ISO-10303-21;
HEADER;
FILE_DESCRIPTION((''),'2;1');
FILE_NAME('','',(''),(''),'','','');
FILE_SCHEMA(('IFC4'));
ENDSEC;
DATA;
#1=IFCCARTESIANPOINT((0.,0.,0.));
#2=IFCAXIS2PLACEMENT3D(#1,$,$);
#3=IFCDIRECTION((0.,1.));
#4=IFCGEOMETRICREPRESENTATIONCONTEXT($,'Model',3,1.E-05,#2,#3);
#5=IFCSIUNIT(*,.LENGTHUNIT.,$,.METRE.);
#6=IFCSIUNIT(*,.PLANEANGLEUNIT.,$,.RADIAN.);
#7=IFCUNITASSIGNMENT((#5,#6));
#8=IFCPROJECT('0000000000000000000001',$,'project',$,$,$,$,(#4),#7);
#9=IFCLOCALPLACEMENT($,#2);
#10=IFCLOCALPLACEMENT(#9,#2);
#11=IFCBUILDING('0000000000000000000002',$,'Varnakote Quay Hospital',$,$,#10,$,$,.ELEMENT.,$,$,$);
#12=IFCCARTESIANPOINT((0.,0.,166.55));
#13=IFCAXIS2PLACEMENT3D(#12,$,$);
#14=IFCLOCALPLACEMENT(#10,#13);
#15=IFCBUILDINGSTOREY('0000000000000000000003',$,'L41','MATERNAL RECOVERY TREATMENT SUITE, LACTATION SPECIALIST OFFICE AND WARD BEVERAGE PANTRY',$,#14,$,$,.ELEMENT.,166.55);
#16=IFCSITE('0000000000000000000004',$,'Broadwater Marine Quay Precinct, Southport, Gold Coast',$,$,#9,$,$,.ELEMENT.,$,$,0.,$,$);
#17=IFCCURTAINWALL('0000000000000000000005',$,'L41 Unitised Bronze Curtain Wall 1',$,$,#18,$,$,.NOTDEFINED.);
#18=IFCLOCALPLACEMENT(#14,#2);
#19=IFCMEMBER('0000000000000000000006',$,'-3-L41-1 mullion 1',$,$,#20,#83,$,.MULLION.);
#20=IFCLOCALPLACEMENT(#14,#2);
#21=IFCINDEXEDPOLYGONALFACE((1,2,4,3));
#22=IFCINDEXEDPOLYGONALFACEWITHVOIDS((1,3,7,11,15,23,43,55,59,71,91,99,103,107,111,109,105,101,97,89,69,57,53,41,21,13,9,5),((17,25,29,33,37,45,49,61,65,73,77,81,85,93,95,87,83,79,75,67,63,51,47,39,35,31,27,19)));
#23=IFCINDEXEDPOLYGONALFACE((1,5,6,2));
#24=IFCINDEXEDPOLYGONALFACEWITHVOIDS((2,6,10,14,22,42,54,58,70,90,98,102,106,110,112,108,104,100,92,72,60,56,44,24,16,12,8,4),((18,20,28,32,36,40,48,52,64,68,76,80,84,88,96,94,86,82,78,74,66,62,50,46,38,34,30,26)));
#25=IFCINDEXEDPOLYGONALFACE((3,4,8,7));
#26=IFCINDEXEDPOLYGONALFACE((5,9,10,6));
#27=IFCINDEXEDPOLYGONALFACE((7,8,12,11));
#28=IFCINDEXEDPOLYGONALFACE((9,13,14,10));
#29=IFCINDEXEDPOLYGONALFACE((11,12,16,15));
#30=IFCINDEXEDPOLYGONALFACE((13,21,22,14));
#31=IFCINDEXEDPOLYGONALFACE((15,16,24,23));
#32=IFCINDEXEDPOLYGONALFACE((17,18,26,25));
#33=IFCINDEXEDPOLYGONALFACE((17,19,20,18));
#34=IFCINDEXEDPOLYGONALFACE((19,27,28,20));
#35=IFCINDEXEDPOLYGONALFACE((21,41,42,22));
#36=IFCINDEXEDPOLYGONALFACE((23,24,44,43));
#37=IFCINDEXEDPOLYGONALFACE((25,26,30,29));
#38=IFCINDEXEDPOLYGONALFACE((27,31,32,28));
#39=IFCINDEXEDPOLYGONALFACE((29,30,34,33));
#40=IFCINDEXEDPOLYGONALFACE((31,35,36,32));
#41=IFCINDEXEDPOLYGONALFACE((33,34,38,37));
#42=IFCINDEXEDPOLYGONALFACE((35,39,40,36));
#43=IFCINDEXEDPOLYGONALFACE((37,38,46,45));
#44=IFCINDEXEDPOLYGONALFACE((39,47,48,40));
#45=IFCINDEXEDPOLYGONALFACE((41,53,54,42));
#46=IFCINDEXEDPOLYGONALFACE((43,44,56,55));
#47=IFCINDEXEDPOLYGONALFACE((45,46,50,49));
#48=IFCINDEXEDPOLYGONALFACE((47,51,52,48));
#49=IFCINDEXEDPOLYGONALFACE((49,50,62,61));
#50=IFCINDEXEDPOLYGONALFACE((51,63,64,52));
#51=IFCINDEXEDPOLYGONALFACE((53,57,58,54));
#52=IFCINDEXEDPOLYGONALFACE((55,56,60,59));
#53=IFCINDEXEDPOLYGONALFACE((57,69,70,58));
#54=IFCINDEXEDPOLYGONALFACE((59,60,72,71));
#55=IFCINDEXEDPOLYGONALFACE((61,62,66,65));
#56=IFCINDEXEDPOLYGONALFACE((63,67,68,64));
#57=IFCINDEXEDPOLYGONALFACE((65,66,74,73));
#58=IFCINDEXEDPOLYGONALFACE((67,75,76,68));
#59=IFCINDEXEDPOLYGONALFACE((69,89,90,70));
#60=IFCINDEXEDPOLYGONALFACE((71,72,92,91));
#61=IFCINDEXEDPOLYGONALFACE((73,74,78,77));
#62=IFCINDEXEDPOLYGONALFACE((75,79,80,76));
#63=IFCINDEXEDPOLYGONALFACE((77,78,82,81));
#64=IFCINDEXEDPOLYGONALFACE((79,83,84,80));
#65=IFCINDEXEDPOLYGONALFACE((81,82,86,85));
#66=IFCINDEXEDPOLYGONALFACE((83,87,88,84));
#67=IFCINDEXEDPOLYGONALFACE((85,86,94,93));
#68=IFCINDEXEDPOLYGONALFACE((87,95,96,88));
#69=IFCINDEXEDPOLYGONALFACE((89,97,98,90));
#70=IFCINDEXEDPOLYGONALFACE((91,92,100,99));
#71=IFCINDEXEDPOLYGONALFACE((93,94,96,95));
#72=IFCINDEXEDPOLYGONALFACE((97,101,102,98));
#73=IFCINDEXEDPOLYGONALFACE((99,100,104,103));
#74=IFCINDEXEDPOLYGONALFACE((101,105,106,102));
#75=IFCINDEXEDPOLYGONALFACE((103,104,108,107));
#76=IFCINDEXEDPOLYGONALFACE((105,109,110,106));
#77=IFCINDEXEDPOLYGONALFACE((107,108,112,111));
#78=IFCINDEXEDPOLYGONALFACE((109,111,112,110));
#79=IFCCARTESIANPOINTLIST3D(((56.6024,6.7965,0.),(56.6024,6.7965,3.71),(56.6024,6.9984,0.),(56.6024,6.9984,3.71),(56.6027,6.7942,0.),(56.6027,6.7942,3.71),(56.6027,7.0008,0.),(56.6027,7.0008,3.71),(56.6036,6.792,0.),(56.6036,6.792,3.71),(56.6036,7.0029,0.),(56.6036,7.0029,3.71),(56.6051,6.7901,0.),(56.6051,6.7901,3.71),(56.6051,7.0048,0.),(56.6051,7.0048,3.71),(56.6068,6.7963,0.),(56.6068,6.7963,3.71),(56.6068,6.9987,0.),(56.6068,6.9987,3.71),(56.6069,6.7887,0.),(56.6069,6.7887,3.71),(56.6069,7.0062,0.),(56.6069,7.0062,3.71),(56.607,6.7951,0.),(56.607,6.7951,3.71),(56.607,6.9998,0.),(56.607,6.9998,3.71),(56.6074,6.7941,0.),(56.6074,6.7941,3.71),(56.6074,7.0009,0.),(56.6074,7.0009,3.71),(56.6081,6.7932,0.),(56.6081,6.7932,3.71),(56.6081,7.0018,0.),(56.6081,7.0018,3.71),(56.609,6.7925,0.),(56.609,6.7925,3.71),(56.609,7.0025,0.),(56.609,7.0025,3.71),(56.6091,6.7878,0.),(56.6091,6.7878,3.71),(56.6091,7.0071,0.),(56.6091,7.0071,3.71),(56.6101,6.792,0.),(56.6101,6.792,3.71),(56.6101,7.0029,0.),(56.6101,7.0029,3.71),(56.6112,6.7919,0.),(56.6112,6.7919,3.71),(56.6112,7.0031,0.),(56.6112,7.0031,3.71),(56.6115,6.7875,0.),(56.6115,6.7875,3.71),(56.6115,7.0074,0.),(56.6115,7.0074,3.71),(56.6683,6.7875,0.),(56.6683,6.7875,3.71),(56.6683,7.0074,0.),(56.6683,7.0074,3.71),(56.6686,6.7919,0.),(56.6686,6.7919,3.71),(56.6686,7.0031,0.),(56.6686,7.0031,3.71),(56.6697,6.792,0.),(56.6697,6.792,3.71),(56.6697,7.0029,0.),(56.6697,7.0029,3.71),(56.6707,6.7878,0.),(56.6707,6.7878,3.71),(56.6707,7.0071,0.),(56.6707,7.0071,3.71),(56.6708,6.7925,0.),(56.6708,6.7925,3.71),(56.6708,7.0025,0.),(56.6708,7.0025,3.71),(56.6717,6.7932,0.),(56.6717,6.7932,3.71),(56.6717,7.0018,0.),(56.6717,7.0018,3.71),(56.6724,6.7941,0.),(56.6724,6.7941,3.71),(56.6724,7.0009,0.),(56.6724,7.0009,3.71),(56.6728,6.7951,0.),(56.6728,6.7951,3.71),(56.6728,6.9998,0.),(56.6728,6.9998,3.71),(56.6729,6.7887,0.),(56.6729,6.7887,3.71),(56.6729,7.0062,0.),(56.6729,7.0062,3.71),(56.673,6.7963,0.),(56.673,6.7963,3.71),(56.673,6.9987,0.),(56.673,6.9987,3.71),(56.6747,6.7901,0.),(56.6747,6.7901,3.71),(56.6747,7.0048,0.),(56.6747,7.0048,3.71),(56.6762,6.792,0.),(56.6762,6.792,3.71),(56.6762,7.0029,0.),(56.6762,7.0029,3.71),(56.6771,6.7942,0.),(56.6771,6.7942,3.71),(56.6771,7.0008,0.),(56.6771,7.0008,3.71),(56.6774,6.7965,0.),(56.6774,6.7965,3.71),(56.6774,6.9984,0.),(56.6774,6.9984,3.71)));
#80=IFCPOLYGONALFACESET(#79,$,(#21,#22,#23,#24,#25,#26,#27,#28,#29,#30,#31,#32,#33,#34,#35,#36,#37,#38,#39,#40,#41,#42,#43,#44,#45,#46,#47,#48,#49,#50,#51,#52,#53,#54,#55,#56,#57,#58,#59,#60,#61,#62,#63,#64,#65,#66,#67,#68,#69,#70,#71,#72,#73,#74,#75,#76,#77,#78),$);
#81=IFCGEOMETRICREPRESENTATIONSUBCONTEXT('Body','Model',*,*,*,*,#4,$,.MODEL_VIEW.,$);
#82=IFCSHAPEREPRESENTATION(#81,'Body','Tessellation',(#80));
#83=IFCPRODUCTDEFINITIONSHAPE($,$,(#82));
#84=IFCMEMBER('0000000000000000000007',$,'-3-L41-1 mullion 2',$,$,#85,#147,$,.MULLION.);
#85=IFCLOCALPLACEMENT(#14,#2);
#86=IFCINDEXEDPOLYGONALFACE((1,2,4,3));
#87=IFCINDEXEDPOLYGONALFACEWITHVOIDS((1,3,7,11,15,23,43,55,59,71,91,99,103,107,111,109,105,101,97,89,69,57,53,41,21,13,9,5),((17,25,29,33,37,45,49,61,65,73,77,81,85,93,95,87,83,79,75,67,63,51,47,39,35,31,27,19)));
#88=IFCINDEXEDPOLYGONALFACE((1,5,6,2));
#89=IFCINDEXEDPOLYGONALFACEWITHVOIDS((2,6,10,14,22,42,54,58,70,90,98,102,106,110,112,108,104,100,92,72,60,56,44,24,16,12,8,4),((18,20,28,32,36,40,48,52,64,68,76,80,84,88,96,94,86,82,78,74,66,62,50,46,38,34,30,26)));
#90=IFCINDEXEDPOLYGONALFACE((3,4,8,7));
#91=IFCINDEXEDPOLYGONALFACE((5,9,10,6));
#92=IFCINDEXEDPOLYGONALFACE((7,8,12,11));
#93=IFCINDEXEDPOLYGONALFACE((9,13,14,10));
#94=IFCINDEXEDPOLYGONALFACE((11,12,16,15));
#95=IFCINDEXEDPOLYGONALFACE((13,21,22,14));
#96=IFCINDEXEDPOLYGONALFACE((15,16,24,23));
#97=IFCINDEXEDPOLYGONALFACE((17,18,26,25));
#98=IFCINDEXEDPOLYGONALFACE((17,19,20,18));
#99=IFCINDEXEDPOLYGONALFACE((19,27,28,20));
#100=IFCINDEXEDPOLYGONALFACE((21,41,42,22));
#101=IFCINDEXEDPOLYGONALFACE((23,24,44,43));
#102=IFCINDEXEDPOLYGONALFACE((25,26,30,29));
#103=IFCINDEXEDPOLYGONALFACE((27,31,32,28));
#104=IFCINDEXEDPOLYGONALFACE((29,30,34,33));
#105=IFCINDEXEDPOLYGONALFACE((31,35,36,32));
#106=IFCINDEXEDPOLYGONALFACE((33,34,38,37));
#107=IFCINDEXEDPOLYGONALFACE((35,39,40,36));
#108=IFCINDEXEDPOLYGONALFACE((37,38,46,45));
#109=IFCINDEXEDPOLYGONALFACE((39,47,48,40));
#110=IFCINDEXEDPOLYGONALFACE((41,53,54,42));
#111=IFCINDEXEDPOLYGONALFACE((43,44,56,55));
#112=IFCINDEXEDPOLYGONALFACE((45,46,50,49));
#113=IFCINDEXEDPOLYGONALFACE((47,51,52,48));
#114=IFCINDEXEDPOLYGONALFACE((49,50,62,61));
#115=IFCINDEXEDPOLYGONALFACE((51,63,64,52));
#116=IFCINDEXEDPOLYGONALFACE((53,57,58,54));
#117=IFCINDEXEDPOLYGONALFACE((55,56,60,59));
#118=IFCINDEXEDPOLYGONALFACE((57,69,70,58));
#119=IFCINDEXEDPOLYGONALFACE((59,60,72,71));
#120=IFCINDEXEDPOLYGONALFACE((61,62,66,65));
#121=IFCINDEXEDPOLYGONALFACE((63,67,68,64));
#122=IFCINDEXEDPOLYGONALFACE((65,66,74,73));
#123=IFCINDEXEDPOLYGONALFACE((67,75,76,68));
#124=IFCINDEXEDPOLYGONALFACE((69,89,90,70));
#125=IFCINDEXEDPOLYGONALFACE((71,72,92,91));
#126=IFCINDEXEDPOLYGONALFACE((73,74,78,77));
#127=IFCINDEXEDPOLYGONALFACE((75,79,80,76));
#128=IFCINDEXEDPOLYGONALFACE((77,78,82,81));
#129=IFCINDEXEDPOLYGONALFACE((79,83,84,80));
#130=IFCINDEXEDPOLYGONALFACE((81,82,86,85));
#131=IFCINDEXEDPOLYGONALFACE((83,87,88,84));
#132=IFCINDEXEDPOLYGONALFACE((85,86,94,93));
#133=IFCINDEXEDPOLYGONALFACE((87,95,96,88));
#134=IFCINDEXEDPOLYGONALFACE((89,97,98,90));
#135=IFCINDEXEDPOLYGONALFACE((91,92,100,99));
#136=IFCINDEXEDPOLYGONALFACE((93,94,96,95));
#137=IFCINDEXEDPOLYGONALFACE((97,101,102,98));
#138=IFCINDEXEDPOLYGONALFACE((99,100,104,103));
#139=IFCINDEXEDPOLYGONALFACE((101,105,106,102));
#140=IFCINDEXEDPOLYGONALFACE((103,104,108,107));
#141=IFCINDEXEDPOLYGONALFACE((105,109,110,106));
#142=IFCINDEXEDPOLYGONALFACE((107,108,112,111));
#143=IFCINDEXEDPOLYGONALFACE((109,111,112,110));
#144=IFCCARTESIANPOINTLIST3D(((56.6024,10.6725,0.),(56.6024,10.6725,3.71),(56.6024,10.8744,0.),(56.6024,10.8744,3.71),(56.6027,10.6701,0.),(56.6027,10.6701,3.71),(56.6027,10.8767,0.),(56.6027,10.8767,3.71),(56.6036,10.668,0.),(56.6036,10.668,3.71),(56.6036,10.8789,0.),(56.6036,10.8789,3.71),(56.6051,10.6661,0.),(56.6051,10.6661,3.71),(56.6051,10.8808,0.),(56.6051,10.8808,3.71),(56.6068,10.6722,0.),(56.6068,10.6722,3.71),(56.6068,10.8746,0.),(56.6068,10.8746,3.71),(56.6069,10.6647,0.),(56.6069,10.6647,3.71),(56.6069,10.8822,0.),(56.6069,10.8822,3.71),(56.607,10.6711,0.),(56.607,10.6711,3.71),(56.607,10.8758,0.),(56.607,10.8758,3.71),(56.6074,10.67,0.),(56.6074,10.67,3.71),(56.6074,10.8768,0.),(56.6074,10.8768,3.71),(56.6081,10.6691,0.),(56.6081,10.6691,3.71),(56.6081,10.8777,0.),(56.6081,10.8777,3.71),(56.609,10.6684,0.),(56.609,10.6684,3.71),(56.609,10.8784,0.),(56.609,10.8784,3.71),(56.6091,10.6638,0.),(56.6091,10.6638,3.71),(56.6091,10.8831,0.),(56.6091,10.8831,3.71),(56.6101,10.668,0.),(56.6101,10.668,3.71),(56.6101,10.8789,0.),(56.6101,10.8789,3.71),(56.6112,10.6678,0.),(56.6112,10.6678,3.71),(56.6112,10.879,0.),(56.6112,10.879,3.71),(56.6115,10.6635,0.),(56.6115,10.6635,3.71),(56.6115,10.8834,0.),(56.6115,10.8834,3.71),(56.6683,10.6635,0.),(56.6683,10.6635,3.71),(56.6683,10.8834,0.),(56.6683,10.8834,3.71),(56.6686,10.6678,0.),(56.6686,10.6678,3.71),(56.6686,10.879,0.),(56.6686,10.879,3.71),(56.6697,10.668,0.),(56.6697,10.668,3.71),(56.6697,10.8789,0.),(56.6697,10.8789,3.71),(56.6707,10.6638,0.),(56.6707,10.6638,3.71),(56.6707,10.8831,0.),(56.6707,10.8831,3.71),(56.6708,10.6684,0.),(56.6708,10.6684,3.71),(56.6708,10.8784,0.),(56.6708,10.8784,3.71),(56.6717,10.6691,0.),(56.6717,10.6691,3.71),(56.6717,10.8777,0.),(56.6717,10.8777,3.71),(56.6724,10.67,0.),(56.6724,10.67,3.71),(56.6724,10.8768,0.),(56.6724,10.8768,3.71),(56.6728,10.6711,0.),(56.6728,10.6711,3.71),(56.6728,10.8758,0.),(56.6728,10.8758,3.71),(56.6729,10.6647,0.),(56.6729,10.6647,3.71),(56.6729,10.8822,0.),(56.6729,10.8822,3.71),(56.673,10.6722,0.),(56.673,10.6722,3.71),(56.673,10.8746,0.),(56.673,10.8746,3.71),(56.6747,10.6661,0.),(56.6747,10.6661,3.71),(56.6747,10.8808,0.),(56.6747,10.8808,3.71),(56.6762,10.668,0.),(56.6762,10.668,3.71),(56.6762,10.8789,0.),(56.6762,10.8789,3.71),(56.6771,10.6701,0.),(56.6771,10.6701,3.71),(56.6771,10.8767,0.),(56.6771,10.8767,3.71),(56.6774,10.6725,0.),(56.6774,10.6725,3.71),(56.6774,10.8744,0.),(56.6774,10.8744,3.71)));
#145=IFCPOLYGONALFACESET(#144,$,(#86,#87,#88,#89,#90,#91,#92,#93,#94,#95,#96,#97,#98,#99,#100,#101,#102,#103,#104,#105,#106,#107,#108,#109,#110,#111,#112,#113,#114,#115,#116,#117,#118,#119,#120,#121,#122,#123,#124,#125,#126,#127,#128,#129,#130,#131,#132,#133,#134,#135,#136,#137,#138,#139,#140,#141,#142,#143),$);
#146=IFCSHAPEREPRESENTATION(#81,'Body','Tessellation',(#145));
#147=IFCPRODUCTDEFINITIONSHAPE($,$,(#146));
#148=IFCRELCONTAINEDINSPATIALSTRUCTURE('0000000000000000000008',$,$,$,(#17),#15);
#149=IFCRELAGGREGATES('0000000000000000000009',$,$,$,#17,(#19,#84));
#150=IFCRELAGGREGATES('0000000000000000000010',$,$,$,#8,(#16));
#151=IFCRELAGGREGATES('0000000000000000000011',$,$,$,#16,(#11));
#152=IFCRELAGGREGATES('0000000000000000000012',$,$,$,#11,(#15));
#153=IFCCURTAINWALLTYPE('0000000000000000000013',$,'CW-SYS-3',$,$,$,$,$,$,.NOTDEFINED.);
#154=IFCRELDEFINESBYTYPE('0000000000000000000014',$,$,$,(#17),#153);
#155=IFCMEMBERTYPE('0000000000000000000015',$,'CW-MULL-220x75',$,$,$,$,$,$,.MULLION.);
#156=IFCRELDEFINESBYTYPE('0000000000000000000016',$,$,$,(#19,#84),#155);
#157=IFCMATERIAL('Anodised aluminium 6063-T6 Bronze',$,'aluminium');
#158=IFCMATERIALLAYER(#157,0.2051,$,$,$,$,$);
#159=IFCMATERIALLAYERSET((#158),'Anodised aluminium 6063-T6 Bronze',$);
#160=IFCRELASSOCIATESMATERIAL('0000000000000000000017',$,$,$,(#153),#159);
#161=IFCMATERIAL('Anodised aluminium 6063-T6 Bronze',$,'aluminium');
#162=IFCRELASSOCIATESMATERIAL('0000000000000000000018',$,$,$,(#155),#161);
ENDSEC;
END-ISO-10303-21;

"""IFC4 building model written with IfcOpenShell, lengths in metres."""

from ifc_helpers import new_model, si_unit, direction, frame, origin, origin_2d, place, context, subcontext, project, spatial, hollow_rectangle, extrude, material, layer, layer_set, material_profile, profile_set, type_object, element, aggregate, save


model = new_model("IFC4")

# Units and contexts
model_context = context("Model", 3, precision=1e-05, world=origin(), true_north=direction((0.0, 1.0)))
body_context = subcontext(model_context, "Body", "Model", "MODEL_VIEW")
ifc_project = project(units=[si_unit("LENGTHUNIT", "METRE"), si_unit("PLANEANGLEUNIT", "RADIAN")], contexts=[model_context])

# Site, building, storey
site_placement = place(None, origin())
site = spatial("IfcSite", under=ifc_project, at=site_placement, Name="Broadwater Marine Quay Precinct, Southport, Gold Coast", CompositionType="ELEMENT", RefElevation=0.0)
building_placement = place(site_placement, origin())
building = spatial("IfcBuilding", under=site, at=building_placement, Name="Varnakote Quay Hospital", CompositionType="ELEMENT")
storey_placement = place(building_placement, frame((0.0, 0.0, 166.55)))
storey = spatial("IfcBuildingStorey", under=building, at=storey_placement, Name="L41", Description="MATERNAL RECOVERY TREATMENT SUITE, LACTATION SPECIALIST OFFICE AND WARD BEVERAGE PANTRY", CompositionType="ELEMENT", Elevation=166.55)

# Curtain wall, members
ifc_material_1 = material(Name="Anodised aluminium 6063-T6 Bronze", Category="aluminium")
ifc_layer_1 = layer(ifc_material_1, 0.2051)
ifc_layer_set_1 = layer_set([ifc_layer_1], Name="Anodised aluminium 6063-T6 Bronze")
curtain_wall_type = type_object("IfcCurtainWallType", Name="CW-SYS-3", PredefinedType="NOTDEFINED", material=ifc_layer_set_1)
curtain_wall_placement = place(storey_placement, origin())
curtain_wall = element("IfcCurtainWall", 1, at=curtain_wall_placement, inside=storey, type_object=curtain_wall_type, Name="L41 Unitised Bronze Curtain Wall 1", PredefinedType="NOTDEFINED")
ifc_material_2 = material(Name="Anodised aluminium 6063-T6 Bronze", Category="aluminium")
ifc_material_profile_1 = material_profile(ifc_material_2, hollow_rectangle(XDim=0.075, YDim=0.22, WallThickness=0.0044, InnerFilletRadius=0.0044, OuterFilletRadius=0.009, at=origin_2d()), Name="CW-MULL-220x75")
ifc_profile_set_1 = profile_set([ifc_material_profile_1], Name="Anodised aluminium 6063-T6 Bronze")
member_type_1 = type_object("IfcMemberType", Name="CW-MULL-220x75", PredefinedType="MULLION", material=ifc_profile_set_1)
member_1_placement = place(storey_placement, frame((56.6399, 6.8975, 0.0), z_axis=(0.0, 0.0, 1.0), x_axis=(-1.0, 0.0, 0.0)))
member_1 = element("IfcMember", 2, at=member_1_placement, type_object=member_type_1, Name="-3-L41-1 mullion 1", PredefinedType="MULLION", context=body_context, shape_type="SweptSolid", body=[
    extrude(hollow_rectangle(XDim=0.075, YDim=0.22, WallThickness=0.0044, InnerFilletRadius=0.0044, OuterFilletRadius=0.009, at=origin_2d()), origin(), (0.0, 0.0, 1.0), 3.71),
])
member_2_placement = place(storey_placement, frame((56.6399, 10.7734, 0.0), z_axis=(0.0, 0.0, 1.0), x_axis=(-1.0, 0.0, 0.0)))
member_2 = element("IfcMember", 3, at=member_2_placement, type_object=member_type_1, Name="-3-L41-1 mullion 2", PredefinedType="MULLION", context=body_context, shape_type="SweptSolid", body=[
    extrude(hollow_rectangle(XDim=0.075, YDim=0.22, WallThickness=0.0044, InnerFilletRadius=0.0044, OuterFilletRadius=0.009, at=origin_2d()), origin(), (0.0, 0.0, 1.0), 3.71),
])
aggregate(curtain_wall, [member_1, member_2])

save(model, "model.ifc")
